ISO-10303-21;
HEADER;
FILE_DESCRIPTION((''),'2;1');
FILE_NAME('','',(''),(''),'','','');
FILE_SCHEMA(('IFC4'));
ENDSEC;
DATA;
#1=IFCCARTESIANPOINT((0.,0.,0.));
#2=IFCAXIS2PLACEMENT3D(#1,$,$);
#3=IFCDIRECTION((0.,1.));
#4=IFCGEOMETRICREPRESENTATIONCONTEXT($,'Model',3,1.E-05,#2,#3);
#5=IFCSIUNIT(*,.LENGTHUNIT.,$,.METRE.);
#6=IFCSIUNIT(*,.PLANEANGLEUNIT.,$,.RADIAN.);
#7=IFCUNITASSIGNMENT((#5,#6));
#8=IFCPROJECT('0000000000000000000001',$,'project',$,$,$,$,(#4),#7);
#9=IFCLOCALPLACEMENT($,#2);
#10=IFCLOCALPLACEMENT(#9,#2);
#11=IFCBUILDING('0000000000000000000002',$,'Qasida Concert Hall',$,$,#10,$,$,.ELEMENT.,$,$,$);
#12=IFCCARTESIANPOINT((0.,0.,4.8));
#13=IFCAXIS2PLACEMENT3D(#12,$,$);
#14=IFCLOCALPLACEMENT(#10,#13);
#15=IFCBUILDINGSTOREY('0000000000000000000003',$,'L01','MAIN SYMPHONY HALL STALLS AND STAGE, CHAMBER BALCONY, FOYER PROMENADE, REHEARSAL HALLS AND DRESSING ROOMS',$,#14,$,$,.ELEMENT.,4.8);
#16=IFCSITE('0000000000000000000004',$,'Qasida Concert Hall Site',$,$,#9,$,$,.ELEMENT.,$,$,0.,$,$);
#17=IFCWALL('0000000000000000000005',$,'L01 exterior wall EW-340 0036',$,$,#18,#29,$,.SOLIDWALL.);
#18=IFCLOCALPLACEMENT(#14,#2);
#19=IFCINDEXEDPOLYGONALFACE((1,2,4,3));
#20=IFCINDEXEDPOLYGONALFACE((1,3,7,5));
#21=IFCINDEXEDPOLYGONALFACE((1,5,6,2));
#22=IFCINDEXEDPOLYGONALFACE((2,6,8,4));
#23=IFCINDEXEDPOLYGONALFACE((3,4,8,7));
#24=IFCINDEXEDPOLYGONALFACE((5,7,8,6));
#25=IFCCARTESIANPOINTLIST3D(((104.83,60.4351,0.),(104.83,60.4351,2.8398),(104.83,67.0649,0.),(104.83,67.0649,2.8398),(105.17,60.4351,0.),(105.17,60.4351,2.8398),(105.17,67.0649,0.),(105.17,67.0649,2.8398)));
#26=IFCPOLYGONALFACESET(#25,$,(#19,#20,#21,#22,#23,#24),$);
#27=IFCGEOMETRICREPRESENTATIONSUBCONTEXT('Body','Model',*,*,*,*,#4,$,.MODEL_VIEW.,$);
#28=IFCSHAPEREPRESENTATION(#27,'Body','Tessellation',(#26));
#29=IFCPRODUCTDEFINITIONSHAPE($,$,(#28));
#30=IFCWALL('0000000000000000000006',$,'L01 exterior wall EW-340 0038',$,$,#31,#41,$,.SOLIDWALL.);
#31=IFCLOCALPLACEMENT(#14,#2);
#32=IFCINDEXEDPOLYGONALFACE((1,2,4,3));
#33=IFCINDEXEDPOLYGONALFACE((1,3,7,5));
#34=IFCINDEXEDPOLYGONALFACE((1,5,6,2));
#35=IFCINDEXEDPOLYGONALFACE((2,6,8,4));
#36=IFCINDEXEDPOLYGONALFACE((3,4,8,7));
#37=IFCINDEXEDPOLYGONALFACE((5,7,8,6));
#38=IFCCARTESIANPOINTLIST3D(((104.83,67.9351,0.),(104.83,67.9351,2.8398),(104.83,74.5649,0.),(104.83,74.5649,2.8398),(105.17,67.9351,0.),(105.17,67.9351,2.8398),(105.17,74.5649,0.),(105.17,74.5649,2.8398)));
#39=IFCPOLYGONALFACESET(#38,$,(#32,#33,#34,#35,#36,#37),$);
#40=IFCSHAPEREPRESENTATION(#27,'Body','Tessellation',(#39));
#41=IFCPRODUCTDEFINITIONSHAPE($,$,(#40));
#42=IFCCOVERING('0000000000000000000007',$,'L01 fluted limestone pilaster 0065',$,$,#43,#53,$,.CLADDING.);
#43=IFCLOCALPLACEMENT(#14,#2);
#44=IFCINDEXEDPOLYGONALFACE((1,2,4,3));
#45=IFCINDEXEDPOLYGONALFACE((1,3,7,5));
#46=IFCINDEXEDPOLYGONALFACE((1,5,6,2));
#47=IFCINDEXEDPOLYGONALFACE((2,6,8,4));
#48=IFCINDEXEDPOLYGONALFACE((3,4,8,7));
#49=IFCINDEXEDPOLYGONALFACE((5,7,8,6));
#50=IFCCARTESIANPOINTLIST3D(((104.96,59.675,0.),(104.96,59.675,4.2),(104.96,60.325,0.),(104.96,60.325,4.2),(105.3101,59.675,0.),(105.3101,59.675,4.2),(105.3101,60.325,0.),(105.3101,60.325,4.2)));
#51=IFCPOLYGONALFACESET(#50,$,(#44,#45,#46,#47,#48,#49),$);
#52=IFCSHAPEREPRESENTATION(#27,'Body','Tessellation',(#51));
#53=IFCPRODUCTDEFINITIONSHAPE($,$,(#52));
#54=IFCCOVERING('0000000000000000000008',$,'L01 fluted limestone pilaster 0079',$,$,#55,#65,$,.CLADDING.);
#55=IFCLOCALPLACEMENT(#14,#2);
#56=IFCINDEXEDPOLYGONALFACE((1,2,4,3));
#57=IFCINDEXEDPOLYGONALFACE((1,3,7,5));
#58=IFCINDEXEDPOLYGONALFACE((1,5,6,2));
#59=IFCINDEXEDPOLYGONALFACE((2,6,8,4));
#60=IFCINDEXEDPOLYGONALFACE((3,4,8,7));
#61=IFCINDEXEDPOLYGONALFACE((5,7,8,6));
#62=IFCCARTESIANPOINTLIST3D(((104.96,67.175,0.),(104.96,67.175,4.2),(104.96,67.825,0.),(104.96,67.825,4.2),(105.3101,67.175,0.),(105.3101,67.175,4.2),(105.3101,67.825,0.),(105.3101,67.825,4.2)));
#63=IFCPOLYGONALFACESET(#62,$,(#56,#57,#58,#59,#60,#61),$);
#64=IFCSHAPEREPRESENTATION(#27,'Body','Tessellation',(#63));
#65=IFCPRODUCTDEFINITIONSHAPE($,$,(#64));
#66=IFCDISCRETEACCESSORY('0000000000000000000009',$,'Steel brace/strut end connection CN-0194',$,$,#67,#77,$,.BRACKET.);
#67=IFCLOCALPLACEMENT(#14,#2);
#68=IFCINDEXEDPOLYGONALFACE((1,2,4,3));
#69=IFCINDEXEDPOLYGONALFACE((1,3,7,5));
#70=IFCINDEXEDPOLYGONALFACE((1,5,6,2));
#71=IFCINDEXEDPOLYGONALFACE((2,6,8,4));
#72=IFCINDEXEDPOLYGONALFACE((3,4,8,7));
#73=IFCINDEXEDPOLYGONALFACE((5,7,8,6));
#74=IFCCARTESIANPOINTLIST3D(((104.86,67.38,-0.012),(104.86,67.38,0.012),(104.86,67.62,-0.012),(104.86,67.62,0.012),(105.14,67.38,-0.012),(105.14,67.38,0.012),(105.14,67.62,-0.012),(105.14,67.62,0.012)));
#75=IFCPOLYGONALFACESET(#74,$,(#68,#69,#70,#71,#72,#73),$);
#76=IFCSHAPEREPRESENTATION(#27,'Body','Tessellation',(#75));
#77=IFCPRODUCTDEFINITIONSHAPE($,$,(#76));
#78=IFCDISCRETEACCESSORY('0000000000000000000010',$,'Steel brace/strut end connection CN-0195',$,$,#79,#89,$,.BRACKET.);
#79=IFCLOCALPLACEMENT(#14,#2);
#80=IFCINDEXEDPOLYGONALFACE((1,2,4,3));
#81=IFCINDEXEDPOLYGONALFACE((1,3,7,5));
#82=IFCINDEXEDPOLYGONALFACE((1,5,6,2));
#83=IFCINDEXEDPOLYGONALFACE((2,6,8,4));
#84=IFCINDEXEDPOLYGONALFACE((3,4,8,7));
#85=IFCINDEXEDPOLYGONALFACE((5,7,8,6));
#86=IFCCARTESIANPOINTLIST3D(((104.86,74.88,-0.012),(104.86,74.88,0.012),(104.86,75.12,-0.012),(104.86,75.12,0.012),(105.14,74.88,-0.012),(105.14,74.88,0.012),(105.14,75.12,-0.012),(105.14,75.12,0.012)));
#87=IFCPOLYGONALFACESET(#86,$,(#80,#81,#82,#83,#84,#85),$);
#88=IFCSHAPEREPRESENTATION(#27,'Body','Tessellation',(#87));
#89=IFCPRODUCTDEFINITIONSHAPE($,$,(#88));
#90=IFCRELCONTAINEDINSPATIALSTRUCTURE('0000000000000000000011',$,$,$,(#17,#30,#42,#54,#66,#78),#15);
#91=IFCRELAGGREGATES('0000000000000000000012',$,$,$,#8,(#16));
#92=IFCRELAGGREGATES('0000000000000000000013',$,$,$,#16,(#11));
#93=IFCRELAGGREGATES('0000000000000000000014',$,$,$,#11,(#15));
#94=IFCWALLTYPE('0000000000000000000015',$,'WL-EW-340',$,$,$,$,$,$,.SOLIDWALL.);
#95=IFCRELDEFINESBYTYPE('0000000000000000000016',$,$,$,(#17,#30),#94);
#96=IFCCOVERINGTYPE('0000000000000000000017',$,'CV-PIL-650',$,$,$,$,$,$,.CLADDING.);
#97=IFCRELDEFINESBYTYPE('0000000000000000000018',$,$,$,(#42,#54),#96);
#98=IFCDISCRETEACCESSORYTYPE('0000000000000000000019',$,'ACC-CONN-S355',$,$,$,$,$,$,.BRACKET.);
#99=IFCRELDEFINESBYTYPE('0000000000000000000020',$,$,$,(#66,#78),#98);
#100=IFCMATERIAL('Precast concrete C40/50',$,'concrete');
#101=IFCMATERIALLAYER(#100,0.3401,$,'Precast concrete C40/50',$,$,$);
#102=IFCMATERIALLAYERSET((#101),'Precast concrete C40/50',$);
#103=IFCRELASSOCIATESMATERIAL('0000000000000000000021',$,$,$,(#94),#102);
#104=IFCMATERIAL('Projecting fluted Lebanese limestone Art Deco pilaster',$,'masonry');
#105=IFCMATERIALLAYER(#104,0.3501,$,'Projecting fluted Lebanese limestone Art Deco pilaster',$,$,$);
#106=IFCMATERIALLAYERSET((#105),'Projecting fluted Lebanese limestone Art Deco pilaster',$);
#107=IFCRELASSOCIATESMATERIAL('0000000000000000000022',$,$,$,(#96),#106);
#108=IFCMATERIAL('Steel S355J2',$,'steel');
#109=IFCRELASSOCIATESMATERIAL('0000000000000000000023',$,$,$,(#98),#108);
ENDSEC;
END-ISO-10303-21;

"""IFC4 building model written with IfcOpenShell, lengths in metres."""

from ifc_helpers import new_model, si_unit, direction, frame, frame_2d, origin, origin_2d, place, context, subcontext, project, spatial, rectangle, extrude, material, layer, layer_set, type_object, element, save


model = new_model("IFC4")

# Units and contexts
model_context = context("Model", 3, precision=1e-05, world=origin(), true_north=direction((0.0, 1.0)))
body_context = subcontext(model_context, "Body", "Model", "MODEL_VIEW")
ifc_project = project(units=[si_unit("LENGTHUNIT", "METRE"), si_unit("PLANEANGLEUNIT", "RADIAN")], contexts=[model_context])

# Site, building, storey
site_placement = place(None, origin())
site = spatial("IfcSite", under=ifc_project, at=site_placement, Name="Qasida Concert Hall Site", CompositionType="ELEMENT", RefElevation=0.0)
building_placement = place(site_placement, origin())
building = spatial("IfcBuilding", under=site, at=building_placement, Name="Qasida Concert Hall", CompositionType="ELEMENT")
storey_placement = place(building_placement, frame((0.0, 0.0, 4.8)))
storey = spatial("IfcBuildingStorey", under=building, at=storey_placement, Name="L01", Description="MAIN SYMPHONY HALL STALLS AND STAGE, CHAMBER BALCONY, FOYER PROMENADE, REHEARSAL HALLS AND DRESSING ROOMS", CompositionType="ELEMENT", Elevation=4.8)

# Shared definitions
ifc_material_1 = material(Name="Steel S355J2", Category="steel")

# Walls
ifc_material_2 = material(Name="Precast concrete C40/50", Category="concrete")
ifc_layer_1 = layer(ifc_material_2, 0.3401, Name="Precast concrete C40/50")
ifc_layer_set_1 = layer_set([ifc_layer_1], Name="Precast concrete C40/50")
wall_type = type_object("IfcWallType", Name="WL-EW-340", PredefinedType="SOLIDWALL", material=ifc_layer_set_1)
for number, where, z_axis, x_axis, name in (
    (1, (105.0, 60.4351, 0.0), (0.0, 0.0, 1.0), (0.0, 1.0, 0.0), "L01 exterior wall EW-340 0036"),
    (2, (105.0, 67.9351, 0.0), (0.0, 0.0, 1.0), (0.0, 1.0, 0.0), "L01 exterior wall EW-340 0038"),
):
    element("IfcWall", number, at=place(storey_placement, frame(where, z_axis=z_axis, x_axis=x_axis)), inside=storey, type_object=wall_type, Name=name, PredefinedType="SOLIDWALL", context=body_context, shape_type="SweptSolid", body=[
        extrude(rectangle(XDim=6.6299, YDim=0.3401, at=frame_2d((3.3149, 0.0))), origin(), (0.0, 0.0, 1.0), 2.8398),
    ])

# Coverings
ifc_material_3 = material(Name="Projecting fluted Lebanese limestone Art Deco pilaster", Category="masonry")
ifc_layer_2 = layer(ifc_material_3, 0.3501, Name="Projecting fluted Lebanese limestone Art Deco pilaster")
ifc_layer_set_2 = layer_set([ifc_layer_2], Name="Projecting fluted Lebanese limestone Art Deco pilaster")
covering_type = type_object("IfcCoveringType", Name="CV-PIL-650", PredefinedType="CLADDING", material=ifc_layer_set_2)
for number, where, z_axis, x_axis, name in (
    (3, (105.135, 60.0, 0.0), (0.0, 0.0, 1.0), (1.0, 0.0, 0.0), "L01 fluted limestone pilaster 0065"),
    (4, (105.135, 67.5, 0.0), (0.0, 0.0, 1.0), (1.0, 0.0, 0.0), "L01 fluted limestone pilaster 0079"),
):
    element("IfcCovering", number, at=place(storey_placement, frame(where, z_axis=z_axis, x_axis=x_axis)), inside=storey, type_object=covering_type, Name=name, PredefinedType="CLADDING", context=body_context, shape_type="SweptSolid", body=[
        extrude(rectangle(XDim=0.3501, YDim=0.6499, at=origin_2d()), origin(), (0.0, 0.0, 1.0), 4.2),
    ])

# Discrete accessories
discrete_accessory_type = type_object("IfcDiscreteAccessoryType", Name="ACC-CONN-S355", PredefinedType="BRACKET", material=ifc_material_1)
for number, where, z_axis, x_axis, name in (
    (5, (105.0, 67.5, -0.012), (0.0, 0.0, 1.0), (1.0, 0.0, 0.0), "Steel brace/strut end connection CN-0194"),
    (6, (105.0, 75.0, -0.012), (0.0, 0.0, 1.0), (1.0, 0.0, 0.0), "Steel brace/strut end connection CN-0195"),
):
    element("IfcDiscreteAccessory", number, at=place(storey_placement, frame(where, z_axis=z_axis, x_axis=x_axis)), inside=storey, type_object=discrete_accessory_type, Name=name, PredefinedType="BRACKET", context=body_context, shape_type="SweptSolid", body=[
        extrude(rectangle(XDim=0.28, YDim=0.24, at=origin_2d()), origin(), (0.0, 0.0, 1.0), 0.0239),
    ])

save(model, "model.ifc")
